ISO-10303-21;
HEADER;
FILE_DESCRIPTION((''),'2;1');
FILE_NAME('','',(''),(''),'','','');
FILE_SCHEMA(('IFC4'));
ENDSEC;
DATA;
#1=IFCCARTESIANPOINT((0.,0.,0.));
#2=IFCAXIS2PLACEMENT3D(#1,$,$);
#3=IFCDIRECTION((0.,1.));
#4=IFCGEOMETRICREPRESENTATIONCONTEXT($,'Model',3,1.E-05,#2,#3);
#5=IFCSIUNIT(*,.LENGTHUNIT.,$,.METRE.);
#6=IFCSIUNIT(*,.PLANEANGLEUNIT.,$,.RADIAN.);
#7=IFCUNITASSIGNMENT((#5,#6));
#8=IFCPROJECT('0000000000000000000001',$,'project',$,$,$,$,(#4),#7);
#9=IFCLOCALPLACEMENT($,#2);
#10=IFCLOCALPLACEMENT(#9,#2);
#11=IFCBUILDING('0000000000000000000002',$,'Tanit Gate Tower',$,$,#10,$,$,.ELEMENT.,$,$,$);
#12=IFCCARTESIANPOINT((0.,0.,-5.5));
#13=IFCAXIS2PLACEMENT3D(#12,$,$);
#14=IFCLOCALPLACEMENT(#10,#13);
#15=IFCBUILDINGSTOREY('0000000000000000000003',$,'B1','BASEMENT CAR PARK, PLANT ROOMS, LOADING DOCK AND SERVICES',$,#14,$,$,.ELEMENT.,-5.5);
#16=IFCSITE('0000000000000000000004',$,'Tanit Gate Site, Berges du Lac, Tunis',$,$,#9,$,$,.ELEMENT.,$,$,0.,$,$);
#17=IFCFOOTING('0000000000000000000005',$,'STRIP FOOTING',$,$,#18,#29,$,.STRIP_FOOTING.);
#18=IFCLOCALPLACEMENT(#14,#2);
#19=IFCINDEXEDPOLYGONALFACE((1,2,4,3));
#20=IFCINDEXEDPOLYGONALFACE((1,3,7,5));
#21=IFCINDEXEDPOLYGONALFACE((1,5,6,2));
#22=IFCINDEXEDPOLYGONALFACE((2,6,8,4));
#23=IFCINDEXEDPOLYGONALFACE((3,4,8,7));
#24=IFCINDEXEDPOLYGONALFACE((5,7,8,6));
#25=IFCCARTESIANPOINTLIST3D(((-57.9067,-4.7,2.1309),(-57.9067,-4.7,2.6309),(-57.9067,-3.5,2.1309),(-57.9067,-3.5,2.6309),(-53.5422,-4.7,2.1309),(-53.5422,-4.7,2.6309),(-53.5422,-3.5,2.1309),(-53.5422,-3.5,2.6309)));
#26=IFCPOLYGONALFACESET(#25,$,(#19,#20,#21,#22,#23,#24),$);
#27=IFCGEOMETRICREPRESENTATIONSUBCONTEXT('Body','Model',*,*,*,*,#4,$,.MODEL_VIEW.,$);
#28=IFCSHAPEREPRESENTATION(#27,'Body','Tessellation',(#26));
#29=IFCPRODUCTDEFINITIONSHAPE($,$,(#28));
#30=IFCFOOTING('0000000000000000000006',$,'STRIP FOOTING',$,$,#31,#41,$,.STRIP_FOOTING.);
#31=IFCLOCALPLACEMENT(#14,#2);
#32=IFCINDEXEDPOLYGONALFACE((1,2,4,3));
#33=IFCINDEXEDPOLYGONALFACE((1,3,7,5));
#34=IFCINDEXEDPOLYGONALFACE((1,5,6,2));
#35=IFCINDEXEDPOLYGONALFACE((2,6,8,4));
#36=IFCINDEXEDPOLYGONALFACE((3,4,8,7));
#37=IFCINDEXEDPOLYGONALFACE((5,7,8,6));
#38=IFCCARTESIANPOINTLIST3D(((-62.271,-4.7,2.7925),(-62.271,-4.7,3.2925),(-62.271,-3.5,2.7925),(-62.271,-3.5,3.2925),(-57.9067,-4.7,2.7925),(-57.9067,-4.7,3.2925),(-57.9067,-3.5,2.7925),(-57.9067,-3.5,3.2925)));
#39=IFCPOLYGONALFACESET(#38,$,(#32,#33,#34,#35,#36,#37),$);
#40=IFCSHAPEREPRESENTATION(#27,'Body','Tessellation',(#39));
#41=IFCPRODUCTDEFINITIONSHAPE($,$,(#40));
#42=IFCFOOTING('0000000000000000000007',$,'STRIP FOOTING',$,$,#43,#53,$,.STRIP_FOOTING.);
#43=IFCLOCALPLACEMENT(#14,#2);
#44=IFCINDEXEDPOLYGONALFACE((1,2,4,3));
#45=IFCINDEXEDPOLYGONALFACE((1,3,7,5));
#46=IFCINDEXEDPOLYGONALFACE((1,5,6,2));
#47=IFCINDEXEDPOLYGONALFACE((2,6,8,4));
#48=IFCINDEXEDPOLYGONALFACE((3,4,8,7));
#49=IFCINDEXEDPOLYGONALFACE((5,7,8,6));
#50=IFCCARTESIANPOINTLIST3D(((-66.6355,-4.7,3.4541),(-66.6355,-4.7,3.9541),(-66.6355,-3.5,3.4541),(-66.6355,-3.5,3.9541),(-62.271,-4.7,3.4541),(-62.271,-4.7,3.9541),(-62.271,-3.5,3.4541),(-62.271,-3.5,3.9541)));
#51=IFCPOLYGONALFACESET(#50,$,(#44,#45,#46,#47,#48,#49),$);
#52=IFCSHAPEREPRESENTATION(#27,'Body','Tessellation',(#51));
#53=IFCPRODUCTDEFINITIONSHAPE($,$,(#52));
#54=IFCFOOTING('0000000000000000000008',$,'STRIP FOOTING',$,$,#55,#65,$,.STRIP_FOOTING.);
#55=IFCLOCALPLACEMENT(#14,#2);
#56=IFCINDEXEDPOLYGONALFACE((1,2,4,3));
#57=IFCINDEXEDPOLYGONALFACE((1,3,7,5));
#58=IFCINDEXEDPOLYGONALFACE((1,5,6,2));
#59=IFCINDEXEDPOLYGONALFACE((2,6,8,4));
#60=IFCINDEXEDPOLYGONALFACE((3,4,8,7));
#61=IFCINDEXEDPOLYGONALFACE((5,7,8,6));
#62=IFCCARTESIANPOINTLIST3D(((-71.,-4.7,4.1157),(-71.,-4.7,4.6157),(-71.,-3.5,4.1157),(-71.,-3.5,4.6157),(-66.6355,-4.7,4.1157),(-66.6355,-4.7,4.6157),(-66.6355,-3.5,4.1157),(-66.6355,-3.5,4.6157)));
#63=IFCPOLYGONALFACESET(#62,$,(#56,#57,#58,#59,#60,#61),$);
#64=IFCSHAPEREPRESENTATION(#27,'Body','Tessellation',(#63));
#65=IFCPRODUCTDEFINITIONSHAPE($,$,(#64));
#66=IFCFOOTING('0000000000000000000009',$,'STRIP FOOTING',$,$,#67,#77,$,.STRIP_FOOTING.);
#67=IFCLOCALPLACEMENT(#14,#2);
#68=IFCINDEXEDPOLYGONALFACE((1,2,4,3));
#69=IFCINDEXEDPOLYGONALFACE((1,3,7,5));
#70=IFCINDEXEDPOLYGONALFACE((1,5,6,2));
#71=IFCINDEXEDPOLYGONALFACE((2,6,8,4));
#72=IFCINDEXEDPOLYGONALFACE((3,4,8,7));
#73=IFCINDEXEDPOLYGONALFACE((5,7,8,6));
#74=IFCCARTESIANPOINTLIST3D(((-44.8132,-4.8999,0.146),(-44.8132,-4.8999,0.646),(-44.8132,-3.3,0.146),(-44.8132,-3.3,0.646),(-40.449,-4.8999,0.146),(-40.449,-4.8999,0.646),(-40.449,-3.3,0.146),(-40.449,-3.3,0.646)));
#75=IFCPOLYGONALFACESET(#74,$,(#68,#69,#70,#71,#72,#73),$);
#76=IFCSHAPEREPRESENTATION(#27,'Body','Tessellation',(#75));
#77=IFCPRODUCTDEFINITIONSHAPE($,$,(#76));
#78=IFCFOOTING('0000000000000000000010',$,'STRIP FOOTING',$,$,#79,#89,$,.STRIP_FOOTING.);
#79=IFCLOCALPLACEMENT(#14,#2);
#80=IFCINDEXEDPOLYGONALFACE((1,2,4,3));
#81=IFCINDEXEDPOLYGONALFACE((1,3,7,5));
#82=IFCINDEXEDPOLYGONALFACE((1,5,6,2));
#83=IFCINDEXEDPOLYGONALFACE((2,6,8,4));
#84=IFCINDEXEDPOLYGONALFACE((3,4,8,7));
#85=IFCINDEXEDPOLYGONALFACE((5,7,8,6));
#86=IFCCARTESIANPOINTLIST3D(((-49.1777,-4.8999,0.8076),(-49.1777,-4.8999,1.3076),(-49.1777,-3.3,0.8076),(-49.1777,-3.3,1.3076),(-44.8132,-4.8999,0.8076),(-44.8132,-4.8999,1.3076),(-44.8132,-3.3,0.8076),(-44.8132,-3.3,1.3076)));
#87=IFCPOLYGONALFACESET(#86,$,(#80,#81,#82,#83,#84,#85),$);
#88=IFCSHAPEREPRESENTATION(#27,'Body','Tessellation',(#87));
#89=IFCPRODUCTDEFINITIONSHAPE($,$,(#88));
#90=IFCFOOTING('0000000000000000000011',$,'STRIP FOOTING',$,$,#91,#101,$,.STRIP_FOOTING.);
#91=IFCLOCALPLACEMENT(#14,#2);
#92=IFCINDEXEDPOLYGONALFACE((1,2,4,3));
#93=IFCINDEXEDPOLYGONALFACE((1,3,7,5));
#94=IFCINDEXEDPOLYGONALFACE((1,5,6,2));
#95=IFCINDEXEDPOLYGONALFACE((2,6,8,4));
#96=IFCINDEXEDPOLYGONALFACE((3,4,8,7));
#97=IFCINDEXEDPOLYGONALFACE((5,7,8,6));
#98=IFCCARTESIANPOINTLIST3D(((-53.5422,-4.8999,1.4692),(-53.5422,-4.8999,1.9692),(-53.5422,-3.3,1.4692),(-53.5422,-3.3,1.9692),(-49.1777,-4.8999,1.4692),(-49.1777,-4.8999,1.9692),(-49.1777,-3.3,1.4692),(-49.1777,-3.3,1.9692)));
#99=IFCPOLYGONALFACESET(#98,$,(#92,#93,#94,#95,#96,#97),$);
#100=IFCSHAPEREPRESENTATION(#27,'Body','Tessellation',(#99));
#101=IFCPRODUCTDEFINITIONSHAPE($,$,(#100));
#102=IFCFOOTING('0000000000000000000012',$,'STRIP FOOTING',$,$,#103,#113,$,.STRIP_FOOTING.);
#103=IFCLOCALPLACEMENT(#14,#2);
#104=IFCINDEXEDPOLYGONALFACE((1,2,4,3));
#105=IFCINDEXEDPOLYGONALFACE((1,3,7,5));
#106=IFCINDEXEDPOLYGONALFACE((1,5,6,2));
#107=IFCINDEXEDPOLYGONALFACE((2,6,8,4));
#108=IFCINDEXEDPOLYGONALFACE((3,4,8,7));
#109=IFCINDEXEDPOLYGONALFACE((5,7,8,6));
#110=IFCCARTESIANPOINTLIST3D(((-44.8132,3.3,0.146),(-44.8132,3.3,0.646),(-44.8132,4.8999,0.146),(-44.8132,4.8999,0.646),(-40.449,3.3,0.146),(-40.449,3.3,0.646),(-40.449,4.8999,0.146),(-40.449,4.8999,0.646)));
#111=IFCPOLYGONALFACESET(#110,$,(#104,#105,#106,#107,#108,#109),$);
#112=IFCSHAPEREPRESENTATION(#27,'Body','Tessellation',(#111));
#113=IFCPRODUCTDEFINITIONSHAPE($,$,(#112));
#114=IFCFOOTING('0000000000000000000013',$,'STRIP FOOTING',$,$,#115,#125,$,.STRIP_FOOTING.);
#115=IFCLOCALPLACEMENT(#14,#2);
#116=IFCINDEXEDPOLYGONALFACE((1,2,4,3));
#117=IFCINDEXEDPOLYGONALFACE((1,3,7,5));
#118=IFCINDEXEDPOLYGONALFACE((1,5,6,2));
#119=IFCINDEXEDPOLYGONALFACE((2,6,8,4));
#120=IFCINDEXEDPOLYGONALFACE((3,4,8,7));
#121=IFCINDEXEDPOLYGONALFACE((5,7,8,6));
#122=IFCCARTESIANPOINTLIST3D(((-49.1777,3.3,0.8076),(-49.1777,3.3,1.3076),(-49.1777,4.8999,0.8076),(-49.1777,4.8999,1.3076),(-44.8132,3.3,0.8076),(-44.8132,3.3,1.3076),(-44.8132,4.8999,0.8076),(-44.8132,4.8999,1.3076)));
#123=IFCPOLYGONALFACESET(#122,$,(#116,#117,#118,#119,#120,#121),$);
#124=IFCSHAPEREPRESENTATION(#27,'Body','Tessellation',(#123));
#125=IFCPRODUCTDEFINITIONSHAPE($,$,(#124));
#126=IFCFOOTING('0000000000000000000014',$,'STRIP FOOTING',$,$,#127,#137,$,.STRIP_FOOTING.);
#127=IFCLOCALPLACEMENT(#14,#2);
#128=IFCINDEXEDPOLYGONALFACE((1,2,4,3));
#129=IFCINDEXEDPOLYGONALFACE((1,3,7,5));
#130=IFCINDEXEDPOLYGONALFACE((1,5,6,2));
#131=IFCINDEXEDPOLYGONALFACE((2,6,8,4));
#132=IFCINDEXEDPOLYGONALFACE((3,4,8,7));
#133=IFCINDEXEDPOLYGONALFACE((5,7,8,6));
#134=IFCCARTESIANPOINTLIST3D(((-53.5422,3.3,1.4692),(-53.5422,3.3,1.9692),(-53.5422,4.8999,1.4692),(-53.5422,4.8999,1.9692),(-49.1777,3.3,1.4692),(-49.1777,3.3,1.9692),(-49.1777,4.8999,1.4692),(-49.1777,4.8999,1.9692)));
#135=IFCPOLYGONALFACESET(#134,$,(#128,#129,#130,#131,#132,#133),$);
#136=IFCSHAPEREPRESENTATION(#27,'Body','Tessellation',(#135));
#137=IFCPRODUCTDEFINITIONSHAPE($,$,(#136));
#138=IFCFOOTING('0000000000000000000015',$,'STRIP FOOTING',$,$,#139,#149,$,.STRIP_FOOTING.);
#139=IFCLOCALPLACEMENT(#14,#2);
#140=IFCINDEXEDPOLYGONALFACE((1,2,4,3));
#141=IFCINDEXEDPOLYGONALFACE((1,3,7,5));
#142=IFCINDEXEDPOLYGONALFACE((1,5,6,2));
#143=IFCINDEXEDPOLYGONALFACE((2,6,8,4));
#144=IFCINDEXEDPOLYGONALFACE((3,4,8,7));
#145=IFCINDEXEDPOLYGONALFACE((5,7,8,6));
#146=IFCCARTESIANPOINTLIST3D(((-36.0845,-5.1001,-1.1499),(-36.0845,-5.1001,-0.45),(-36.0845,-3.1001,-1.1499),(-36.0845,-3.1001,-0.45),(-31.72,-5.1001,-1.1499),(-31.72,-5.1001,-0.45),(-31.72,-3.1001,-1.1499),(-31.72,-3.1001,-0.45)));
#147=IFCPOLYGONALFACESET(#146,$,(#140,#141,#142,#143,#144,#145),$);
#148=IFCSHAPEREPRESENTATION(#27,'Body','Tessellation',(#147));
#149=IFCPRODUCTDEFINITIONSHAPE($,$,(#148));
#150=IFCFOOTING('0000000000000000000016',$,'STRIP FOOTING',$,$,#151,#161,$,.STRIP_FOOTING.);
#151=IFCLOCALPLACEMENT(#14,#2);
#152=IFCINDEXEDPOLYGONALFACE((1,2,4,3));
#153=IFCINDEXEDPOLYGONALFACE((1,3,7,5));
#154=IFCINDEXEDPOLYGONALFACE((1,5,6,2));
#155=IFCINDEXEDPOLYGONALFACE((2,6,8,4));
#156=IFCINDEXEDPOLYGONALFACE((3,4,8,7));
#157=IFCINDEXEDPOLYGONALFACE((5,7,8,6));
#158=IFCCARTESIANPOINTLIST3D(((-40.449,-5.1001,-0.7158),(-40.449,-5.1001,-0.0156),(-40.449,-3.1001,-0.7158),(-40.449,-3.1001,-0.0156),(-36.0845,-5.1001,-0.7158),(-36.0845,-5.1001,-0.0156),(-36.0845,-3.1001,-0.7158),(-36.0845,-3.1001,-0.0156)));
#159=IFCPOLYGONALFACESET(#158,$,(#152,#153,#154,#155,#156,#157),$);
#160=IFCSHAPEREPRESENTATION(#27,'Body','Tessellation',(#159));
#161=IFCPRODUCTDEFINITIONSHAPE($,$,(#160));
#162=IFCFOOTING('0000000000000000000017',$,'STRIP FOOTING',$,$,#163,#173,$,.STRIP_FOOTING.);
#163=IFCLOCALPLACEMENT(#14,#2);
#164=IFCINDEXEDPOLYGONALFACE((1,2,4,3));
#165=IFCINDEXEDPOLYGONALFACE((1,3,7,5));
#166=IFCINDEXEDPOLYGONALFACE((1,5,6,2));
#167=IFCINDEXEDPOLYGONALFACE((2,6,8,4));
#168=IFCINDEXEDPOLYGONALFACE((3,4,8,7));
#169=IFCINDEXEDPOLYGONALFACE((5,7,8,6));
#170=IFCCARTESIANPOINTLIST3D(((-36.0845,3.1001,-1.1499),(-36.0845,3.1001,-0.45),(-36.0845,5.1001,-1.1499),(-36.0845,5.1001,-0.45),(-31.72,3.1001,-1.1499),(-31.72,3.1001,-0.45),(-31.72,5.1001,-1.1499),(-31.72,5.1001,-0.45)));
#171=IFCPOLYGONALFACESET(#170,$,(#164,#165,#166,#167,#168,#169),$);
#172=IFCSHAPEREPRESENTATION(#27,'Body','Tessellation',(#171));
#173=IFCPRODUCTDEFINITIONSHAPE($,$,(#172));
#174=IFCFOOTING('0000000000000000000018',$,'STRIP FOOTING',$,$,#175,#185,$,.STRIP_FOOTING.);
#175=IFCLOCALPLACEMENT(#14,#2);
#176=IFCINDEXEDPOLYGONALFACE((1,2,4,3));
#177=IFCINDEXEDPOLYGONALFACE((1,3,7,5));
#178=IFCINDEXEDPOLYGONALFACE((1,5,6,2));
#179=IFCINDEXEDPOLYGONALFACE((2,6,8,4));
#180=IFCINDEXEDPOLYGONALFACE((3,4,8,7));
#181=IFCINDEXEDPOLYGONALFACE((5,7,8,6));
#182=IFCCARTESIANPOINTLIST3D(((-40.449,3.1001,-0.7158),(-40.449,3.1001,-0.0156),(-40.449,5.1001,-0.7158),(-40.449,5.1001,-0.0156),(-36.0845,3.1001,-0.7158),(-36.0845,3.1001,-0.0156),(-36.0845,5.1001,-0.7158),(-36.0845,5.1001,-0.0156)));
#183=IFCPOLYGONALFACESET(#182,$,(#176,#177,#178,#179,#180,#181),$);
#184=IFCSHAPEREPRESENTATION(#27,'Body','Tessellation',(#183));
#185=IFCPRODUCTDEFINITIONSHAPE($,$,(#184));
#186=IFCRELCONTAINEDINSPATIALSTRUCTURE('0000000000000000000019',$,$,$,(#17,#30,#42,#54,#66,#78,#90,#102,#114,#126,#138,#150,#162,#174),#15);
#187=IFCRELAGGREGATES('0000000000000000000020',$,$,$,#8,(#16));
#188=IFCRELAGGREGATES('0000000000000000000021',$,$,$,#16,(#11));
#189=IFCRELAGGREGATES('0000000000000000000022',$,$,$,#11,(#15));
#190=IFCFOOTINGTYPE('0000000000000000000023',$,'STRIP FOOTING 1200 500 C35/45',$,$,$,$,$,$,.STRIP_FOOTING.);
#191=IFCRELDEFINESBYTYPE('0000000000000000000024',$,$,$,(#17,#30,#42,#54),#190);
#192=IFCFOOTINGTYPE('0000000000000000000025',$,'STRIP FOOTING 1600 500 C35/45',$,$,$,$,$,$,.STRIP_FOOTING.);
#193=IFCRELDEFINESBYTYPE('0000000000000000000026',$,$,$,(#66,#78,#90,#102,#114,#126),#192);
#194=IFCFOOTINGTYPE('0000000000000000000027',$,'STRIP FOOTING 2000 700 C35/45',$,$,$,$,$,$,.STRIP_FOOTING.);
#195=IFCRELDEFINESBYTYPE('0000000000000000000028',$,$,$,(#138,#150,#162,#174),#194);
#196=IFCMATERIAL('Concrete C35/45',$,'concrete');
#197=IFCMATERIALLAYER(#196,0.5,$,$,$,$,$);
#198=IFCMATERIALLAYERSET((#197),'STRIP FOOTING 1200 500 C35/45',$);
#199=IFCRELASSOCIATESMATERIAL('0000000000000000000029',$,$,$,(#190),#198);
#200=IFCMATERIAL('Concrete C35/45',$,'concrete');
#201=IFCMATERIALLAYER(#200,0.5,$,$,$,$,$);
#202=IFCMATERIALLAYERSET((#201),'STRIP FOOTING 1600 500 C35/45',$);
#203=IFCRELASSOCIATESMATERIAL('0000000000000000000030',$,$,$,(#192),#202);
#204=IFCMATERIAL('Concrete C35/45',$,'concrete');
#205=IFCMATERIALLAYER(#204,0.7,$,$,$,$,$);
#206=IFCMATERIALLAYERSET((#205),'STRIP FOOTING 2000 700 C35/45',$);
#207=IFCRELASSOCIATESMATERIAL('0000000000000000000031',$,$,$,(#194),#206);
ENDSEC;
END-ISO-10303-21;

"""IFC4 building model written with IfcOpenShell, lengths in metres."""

from ifc_helpers import new_model, si_unit, direction, frame, origin, place, context, subcontext, project, spatial, polyline, outline, extrude, material, layer, layer_set, type_object, element, save


model = new_model("IFC4")

# Units and contexts
model_context = context("Model", 3, precision=1e-05, world=origin(), true_north=direction((0.0, 1.0)))
body_context = subcontext(model_context, "Body", "Model", "MODEL_VIEW")
ifc_project = project(units=[si_unit("LENGTHUNIT", "METRE"), si_unit("PLANEANGLEUNIT", "RADIAN")], contexts=[model_context])

# Site, building, storey
site_placement = place(None, origin())
site = spatial("IfcSite", under=ifc_project, at=site_placement, Name="Tanit Gate Site, Berges du Lac, Tunis", CompositionType="ELEMENT", RefElevation=0.0)
building_placement = place(site_placement, origin())
building = spatial("IfcBuilding", under=site, at=building_placement, Name="Tanit Gate Tower", CompositionType="ELEMENT")
storey_placement = place(building_placement, frame((0.0, 0.0, -5.5)))
storey = spatial("IfcBuildingStorey", under=building, at=storey_placement, Name="B1", Description="BASEMENT CAR PARK, PLANT ROOMS, LOADING DOCK AND SERVICES", CompositionType="ELEMENT", Elevation=-5.5)

# Footings
ifc_material_1 = material(Name="Concrete C35/45", Category="concrete")
ifc_layer_1 = layer(ifc_material_1, 0.5)
ifc_layer_set_1 = layer_set([ifc_layer_1], Name="STRIP FOOTING 1200 500 C35/45")
footing_type_1 = type_object("IfcFootingType", Name="STRIP FOOTING 1200 500 C35/45", PredefinedType="STRIP_FOOTING", material=ifc_layer_set_1)
footing_1_placement = place(storey_placement, frame((0.0, 0.0, 2.1309)))
element("IfcFooting", 1, at=footing_1_placement, inside=storey, type_object=footing_type_1, Name="STRIP FOOTING", PredefinedType="STRIP_FOOTING", context=body_context, shape_type="SweptSolid", body=[
    extrude(outline(polyline([(-53.5422, -4.7), (-57.9067, -4.7), (-57.9067, -3.5), (-53.5422, -3.5), (-53.5422, -4.7)])), origin(), (0.0, 0.0, 1.0), 0.5),
])
footing_2_placement = place(storey_placement, frame((0.0, 0.0, 2.7925)))
element("IfcFooting", 2, at=footing_2_placement, inside=storey, type_object=footing_type_1, Name="STRIP FOOTING", PredefinedType="STRIP_FOOTING", context=body_context, shape_type="SweptSolid", body=[
    extrude(outline(polyline([(-57.9067, -4.7), (-62.271, -4.7), (-62.271, -3.5), (-57.9067, -3.5), (-57.9067, -4.7)])), origin(), (0.0, 0.0, 1.0), 0.5),
])
footing_3_placement = place(storey_placement, frame((0.0, 0.0, 3.4541)))
element("IfcFooting", 3, at=footing_3_placement, inside=storey, type_object=footing_type_1, Name="STRIP FOOTING", PredefinedType="STRIP_FOOTING", context=body_context, shape_type="SweptSolid", body=[
    extrude(outline(polyline([(-62.271, -4.7), (-66.6355, -4.7), (-66.6355, -3.5), (-62.271, -3.5), (-62.271, -4.7)])), origin(), (0.0, 0.0, 1.0), 0.5),
])
footing_4_placement = place(storey_placement, frame((0.0, 0.0, 4.1157)))
element("IfcFooting", 4, at=footing_4_placement, inside=storey, type_object=footing_type_1, Name="STRIP FOOTING", PredefinedType="STRIP_FOOTING", context=body_context, shape_type="SweptSolid", body=[
    extrude(outline(polyline([(-66.6355, -4.7), (-71.0, -4.7), (-71.0, -3.5), (-66.6355, -3.5), (-66.6355, -4.7)])), origin(), (0.0, 0.0, 1.0), 0.5),
])
ifc_material_2 = material(Name="Concrete C35/45", Category="concrete")
ifc_layer_2 = layer(ifc_material_2, 0.5)
ifc_layer_set_2 = layer_set([ifc_layer_2], Name="STRIP FOOTING 1600 500 C35/45")
footing_type_2 = type_object("IfcFootingType", Name="STRIP FOOTING 1600 500 C35/45", PredefinedType="STRIP_FOOTING", material=ifc_layer_set_2)
footing_5_placement = place(storey_placement, frame((0.0, 0.0, 0.146)))
element("IfcFooting", 5, at=footing_5_placement, inside=storey, type_object=footing_type_2, Name="STRIP FOOTING", PredefinedType="STRIP_FOOTING", context=body_context, shape_type="SweptSolid", body=[
    extrude(outline(polyline([(-40.449, -4.8999), (-44.8132, -4.8999), (-44.8132, -3.3), (-40.449, -3.3), (-40.449, -4.8999)])), origin(), (0.0, 0.0, 1.0), 0.5),
])
footing_6_placement = place(storey_placement, frame((0.0, 0.0, 0.8076)))
element("IfcFooting", 6, at=footing_6_placement, inside=storey, type_object=footing_type_2, Name="STRIP FOOTING", PredefinedType="STRIP_FOOTING", context=body_context, shape_type="SweptSolid", body=[
    extrude(outline(polyline([(-44.8132, -4.8999), (-49.1777, -4.8999), (-49.1777, -3.3), (-44.8132, -3.3), (-44.8132, -4.8999)])), origin(), (0.0, 0.0, 1.0), 0.5),
])
footing_7_placement = place(storey_placement, frame((0.0, 0.0, 1.4692)))
element("IfcFooting", 7, at=footing_7_placement, inside=storey, type_object=footing_type_2, Name="STRIP FOOTING", PredefinedType="STRIP_FOOTING", context=body_context, shape_type="SweptSolid", body=[
    extrude(outline(polyline([(-49.1777, -4.8999), (-53.5422, -4.8999), (-53.5422, -3.3), (-49.1777, -3.3), (-49.1777, -4.8999)])), origin(), (0.0, 0.0, 1.0), 0.5),
])
footing_8_placement = place(storey_placement, frame((0.0, 0.0, 0.146)))
element("IfcFooting", 8, at=footing_8_placement, inside=storey, type_object=footing_type_2, Name="STRIP FOOTING", PredefinedType="STRIP_FOOTING", context=body_context, shape_type="SweptSolid", body=[
    extrude(outline(polyline([(-40.449, 3.3), (-44.8132, 3.3), (-44.8132, 4.8999), (-40.449, 4.8999), (-40.449, 3.3)])), origin(), (0.0, 0.0, 1.0), 0.5),
])
footing_9_placement = place(storey_placement, frame((0.0, 0.0, 0.8076)))
element("IfcFooting", 9, at=footing_9_placement, inside=storey, type_object=footing_type_2, Name="STRIP FOOTING", PredefinedType="STRIP_FOOTING", context=body_context, shape_type="SweptSolid", body=[
    extrude(outline(polyline([(-44.8132, 3.3), (-49.1777, 3.3), (-49.1777, 4.8999), (-44.8132, 4.8999), (-44.8132, 3.3)])), origin(), (0.0, 0.0, 1.0), 0.5),
])
footing_10_placement = place(storey_placement, frame((0.0, 0.0, 1.4692)))
element("IfcFooting", 10, at=footing_10_placement, inside=storey, type_object=footing_type_2, Name="STRIP FOOTING", PredefinedType="STRIP_FOOTING", context=body_context, shape_type="SweptSolid", body=[
    extrude(outline(polyline([(-49.1777, 3.3), (-53.5422, 3.3), (-53.5422, 4.8999), (-49.1777, 4.8999), (-49.1777, 3.3)])), origin(), (0.0, 0.0, 1.0), 0.5),
])
ifc_material_3 = material(Name="Concrete C35/45", Category="concrete")
ifc_layer_3 = layer(ifc_material_3, 0.7)
ifc_layer_set_3 = layer_set([ifc_layer_3], Name="STRIP FOOTING 2000 700 C35/45")
footing_type_3 = type_object("IfcFootingType", Name="STRIP FOOTING 2000 700 C35/45", PredefinedType="STRIP_FOOTING", material=ifc_layer_set_3)
footing_11_placement = place(storey_placement, frame((0.0, 0.0, -1.1499)))
element("IfcFooting", 11, at=footing_11_placement, inside=storey, type_object=footing_type_3, Name="STRIP FOOTING", PredefinedType="STRIP_FOOTING", context=body_context, shape_type="SweptSolid", body=[
    extrude(outline(polyline([(-31.72, -5.1001), (-36.0845, -5.1001), (-36.0845, -3.1001), (-31.72, -3.1001), (-31.72, -5.1001)])), origin(), (0.0, 0.0, 1.0), 0.7),
])
footing_12_placement = place(storey_placement, frame((0.0, 0.0, -0.7158)))
element("IfcFooting", 12, at=footing_12_placement, inside=storey, type_object=footing_type_3, Name="STRIP FOOTING", PredefinedType="STRIP_FOOTING", context=body_context, shape_type="SweptSolid", body=[
    extrude(outline(polyline([(-36.0845, -5.1001), (-40.449, -5.1001), (-40.449, -3.1001), (-36.0845, -3.1001), (-36.0845, -5.1001)])), origin(), (0.0, 0.0, 1.0), 0.7002),
])
footing_13_placement = place(storey_placement, frame((0.0, 0.0, -1.1499)))
element("IfcFooting", 13, at=footing_13_placement, inside=storey, type_object=footing_type_3, Name="STRIP FOOTING", PredefinedType="STRIP_FOOTING", context=body_context, shape_type="SweptSolid", body=[
    extrude(outline(polyline([(-31.72, 3.1001), (-36.0845, 3.1001), (-36.0845, 5.1001), (-31.72, 5.1001), (-31.72, 3.1001)])), origin(), (0.0, 0.0, 1.0), 0.7),
])
footing_14_placement = place(storey_placement, frame((0.0, 0.0, -0.7158)))
element("IfcFooting", 14, at=footing_14_placement, inside=storey, type_object=footing_type_3, Name="STRIP FOOTING", PredefinedType="STRIP_FOOTING", context=body_context, shape_type="SweptSolid", body=[
    extrude(outline(polyline([(-36.0845, 3.1001), (-40.449, 3.1001), (-40.449, 5.1001), (-36.0845, 5.1001), (-36.0845, 3.1001)])), origin(), (0.0, 0.0, 1.0), 0.7002),
])

save(model, "model.ifc")
